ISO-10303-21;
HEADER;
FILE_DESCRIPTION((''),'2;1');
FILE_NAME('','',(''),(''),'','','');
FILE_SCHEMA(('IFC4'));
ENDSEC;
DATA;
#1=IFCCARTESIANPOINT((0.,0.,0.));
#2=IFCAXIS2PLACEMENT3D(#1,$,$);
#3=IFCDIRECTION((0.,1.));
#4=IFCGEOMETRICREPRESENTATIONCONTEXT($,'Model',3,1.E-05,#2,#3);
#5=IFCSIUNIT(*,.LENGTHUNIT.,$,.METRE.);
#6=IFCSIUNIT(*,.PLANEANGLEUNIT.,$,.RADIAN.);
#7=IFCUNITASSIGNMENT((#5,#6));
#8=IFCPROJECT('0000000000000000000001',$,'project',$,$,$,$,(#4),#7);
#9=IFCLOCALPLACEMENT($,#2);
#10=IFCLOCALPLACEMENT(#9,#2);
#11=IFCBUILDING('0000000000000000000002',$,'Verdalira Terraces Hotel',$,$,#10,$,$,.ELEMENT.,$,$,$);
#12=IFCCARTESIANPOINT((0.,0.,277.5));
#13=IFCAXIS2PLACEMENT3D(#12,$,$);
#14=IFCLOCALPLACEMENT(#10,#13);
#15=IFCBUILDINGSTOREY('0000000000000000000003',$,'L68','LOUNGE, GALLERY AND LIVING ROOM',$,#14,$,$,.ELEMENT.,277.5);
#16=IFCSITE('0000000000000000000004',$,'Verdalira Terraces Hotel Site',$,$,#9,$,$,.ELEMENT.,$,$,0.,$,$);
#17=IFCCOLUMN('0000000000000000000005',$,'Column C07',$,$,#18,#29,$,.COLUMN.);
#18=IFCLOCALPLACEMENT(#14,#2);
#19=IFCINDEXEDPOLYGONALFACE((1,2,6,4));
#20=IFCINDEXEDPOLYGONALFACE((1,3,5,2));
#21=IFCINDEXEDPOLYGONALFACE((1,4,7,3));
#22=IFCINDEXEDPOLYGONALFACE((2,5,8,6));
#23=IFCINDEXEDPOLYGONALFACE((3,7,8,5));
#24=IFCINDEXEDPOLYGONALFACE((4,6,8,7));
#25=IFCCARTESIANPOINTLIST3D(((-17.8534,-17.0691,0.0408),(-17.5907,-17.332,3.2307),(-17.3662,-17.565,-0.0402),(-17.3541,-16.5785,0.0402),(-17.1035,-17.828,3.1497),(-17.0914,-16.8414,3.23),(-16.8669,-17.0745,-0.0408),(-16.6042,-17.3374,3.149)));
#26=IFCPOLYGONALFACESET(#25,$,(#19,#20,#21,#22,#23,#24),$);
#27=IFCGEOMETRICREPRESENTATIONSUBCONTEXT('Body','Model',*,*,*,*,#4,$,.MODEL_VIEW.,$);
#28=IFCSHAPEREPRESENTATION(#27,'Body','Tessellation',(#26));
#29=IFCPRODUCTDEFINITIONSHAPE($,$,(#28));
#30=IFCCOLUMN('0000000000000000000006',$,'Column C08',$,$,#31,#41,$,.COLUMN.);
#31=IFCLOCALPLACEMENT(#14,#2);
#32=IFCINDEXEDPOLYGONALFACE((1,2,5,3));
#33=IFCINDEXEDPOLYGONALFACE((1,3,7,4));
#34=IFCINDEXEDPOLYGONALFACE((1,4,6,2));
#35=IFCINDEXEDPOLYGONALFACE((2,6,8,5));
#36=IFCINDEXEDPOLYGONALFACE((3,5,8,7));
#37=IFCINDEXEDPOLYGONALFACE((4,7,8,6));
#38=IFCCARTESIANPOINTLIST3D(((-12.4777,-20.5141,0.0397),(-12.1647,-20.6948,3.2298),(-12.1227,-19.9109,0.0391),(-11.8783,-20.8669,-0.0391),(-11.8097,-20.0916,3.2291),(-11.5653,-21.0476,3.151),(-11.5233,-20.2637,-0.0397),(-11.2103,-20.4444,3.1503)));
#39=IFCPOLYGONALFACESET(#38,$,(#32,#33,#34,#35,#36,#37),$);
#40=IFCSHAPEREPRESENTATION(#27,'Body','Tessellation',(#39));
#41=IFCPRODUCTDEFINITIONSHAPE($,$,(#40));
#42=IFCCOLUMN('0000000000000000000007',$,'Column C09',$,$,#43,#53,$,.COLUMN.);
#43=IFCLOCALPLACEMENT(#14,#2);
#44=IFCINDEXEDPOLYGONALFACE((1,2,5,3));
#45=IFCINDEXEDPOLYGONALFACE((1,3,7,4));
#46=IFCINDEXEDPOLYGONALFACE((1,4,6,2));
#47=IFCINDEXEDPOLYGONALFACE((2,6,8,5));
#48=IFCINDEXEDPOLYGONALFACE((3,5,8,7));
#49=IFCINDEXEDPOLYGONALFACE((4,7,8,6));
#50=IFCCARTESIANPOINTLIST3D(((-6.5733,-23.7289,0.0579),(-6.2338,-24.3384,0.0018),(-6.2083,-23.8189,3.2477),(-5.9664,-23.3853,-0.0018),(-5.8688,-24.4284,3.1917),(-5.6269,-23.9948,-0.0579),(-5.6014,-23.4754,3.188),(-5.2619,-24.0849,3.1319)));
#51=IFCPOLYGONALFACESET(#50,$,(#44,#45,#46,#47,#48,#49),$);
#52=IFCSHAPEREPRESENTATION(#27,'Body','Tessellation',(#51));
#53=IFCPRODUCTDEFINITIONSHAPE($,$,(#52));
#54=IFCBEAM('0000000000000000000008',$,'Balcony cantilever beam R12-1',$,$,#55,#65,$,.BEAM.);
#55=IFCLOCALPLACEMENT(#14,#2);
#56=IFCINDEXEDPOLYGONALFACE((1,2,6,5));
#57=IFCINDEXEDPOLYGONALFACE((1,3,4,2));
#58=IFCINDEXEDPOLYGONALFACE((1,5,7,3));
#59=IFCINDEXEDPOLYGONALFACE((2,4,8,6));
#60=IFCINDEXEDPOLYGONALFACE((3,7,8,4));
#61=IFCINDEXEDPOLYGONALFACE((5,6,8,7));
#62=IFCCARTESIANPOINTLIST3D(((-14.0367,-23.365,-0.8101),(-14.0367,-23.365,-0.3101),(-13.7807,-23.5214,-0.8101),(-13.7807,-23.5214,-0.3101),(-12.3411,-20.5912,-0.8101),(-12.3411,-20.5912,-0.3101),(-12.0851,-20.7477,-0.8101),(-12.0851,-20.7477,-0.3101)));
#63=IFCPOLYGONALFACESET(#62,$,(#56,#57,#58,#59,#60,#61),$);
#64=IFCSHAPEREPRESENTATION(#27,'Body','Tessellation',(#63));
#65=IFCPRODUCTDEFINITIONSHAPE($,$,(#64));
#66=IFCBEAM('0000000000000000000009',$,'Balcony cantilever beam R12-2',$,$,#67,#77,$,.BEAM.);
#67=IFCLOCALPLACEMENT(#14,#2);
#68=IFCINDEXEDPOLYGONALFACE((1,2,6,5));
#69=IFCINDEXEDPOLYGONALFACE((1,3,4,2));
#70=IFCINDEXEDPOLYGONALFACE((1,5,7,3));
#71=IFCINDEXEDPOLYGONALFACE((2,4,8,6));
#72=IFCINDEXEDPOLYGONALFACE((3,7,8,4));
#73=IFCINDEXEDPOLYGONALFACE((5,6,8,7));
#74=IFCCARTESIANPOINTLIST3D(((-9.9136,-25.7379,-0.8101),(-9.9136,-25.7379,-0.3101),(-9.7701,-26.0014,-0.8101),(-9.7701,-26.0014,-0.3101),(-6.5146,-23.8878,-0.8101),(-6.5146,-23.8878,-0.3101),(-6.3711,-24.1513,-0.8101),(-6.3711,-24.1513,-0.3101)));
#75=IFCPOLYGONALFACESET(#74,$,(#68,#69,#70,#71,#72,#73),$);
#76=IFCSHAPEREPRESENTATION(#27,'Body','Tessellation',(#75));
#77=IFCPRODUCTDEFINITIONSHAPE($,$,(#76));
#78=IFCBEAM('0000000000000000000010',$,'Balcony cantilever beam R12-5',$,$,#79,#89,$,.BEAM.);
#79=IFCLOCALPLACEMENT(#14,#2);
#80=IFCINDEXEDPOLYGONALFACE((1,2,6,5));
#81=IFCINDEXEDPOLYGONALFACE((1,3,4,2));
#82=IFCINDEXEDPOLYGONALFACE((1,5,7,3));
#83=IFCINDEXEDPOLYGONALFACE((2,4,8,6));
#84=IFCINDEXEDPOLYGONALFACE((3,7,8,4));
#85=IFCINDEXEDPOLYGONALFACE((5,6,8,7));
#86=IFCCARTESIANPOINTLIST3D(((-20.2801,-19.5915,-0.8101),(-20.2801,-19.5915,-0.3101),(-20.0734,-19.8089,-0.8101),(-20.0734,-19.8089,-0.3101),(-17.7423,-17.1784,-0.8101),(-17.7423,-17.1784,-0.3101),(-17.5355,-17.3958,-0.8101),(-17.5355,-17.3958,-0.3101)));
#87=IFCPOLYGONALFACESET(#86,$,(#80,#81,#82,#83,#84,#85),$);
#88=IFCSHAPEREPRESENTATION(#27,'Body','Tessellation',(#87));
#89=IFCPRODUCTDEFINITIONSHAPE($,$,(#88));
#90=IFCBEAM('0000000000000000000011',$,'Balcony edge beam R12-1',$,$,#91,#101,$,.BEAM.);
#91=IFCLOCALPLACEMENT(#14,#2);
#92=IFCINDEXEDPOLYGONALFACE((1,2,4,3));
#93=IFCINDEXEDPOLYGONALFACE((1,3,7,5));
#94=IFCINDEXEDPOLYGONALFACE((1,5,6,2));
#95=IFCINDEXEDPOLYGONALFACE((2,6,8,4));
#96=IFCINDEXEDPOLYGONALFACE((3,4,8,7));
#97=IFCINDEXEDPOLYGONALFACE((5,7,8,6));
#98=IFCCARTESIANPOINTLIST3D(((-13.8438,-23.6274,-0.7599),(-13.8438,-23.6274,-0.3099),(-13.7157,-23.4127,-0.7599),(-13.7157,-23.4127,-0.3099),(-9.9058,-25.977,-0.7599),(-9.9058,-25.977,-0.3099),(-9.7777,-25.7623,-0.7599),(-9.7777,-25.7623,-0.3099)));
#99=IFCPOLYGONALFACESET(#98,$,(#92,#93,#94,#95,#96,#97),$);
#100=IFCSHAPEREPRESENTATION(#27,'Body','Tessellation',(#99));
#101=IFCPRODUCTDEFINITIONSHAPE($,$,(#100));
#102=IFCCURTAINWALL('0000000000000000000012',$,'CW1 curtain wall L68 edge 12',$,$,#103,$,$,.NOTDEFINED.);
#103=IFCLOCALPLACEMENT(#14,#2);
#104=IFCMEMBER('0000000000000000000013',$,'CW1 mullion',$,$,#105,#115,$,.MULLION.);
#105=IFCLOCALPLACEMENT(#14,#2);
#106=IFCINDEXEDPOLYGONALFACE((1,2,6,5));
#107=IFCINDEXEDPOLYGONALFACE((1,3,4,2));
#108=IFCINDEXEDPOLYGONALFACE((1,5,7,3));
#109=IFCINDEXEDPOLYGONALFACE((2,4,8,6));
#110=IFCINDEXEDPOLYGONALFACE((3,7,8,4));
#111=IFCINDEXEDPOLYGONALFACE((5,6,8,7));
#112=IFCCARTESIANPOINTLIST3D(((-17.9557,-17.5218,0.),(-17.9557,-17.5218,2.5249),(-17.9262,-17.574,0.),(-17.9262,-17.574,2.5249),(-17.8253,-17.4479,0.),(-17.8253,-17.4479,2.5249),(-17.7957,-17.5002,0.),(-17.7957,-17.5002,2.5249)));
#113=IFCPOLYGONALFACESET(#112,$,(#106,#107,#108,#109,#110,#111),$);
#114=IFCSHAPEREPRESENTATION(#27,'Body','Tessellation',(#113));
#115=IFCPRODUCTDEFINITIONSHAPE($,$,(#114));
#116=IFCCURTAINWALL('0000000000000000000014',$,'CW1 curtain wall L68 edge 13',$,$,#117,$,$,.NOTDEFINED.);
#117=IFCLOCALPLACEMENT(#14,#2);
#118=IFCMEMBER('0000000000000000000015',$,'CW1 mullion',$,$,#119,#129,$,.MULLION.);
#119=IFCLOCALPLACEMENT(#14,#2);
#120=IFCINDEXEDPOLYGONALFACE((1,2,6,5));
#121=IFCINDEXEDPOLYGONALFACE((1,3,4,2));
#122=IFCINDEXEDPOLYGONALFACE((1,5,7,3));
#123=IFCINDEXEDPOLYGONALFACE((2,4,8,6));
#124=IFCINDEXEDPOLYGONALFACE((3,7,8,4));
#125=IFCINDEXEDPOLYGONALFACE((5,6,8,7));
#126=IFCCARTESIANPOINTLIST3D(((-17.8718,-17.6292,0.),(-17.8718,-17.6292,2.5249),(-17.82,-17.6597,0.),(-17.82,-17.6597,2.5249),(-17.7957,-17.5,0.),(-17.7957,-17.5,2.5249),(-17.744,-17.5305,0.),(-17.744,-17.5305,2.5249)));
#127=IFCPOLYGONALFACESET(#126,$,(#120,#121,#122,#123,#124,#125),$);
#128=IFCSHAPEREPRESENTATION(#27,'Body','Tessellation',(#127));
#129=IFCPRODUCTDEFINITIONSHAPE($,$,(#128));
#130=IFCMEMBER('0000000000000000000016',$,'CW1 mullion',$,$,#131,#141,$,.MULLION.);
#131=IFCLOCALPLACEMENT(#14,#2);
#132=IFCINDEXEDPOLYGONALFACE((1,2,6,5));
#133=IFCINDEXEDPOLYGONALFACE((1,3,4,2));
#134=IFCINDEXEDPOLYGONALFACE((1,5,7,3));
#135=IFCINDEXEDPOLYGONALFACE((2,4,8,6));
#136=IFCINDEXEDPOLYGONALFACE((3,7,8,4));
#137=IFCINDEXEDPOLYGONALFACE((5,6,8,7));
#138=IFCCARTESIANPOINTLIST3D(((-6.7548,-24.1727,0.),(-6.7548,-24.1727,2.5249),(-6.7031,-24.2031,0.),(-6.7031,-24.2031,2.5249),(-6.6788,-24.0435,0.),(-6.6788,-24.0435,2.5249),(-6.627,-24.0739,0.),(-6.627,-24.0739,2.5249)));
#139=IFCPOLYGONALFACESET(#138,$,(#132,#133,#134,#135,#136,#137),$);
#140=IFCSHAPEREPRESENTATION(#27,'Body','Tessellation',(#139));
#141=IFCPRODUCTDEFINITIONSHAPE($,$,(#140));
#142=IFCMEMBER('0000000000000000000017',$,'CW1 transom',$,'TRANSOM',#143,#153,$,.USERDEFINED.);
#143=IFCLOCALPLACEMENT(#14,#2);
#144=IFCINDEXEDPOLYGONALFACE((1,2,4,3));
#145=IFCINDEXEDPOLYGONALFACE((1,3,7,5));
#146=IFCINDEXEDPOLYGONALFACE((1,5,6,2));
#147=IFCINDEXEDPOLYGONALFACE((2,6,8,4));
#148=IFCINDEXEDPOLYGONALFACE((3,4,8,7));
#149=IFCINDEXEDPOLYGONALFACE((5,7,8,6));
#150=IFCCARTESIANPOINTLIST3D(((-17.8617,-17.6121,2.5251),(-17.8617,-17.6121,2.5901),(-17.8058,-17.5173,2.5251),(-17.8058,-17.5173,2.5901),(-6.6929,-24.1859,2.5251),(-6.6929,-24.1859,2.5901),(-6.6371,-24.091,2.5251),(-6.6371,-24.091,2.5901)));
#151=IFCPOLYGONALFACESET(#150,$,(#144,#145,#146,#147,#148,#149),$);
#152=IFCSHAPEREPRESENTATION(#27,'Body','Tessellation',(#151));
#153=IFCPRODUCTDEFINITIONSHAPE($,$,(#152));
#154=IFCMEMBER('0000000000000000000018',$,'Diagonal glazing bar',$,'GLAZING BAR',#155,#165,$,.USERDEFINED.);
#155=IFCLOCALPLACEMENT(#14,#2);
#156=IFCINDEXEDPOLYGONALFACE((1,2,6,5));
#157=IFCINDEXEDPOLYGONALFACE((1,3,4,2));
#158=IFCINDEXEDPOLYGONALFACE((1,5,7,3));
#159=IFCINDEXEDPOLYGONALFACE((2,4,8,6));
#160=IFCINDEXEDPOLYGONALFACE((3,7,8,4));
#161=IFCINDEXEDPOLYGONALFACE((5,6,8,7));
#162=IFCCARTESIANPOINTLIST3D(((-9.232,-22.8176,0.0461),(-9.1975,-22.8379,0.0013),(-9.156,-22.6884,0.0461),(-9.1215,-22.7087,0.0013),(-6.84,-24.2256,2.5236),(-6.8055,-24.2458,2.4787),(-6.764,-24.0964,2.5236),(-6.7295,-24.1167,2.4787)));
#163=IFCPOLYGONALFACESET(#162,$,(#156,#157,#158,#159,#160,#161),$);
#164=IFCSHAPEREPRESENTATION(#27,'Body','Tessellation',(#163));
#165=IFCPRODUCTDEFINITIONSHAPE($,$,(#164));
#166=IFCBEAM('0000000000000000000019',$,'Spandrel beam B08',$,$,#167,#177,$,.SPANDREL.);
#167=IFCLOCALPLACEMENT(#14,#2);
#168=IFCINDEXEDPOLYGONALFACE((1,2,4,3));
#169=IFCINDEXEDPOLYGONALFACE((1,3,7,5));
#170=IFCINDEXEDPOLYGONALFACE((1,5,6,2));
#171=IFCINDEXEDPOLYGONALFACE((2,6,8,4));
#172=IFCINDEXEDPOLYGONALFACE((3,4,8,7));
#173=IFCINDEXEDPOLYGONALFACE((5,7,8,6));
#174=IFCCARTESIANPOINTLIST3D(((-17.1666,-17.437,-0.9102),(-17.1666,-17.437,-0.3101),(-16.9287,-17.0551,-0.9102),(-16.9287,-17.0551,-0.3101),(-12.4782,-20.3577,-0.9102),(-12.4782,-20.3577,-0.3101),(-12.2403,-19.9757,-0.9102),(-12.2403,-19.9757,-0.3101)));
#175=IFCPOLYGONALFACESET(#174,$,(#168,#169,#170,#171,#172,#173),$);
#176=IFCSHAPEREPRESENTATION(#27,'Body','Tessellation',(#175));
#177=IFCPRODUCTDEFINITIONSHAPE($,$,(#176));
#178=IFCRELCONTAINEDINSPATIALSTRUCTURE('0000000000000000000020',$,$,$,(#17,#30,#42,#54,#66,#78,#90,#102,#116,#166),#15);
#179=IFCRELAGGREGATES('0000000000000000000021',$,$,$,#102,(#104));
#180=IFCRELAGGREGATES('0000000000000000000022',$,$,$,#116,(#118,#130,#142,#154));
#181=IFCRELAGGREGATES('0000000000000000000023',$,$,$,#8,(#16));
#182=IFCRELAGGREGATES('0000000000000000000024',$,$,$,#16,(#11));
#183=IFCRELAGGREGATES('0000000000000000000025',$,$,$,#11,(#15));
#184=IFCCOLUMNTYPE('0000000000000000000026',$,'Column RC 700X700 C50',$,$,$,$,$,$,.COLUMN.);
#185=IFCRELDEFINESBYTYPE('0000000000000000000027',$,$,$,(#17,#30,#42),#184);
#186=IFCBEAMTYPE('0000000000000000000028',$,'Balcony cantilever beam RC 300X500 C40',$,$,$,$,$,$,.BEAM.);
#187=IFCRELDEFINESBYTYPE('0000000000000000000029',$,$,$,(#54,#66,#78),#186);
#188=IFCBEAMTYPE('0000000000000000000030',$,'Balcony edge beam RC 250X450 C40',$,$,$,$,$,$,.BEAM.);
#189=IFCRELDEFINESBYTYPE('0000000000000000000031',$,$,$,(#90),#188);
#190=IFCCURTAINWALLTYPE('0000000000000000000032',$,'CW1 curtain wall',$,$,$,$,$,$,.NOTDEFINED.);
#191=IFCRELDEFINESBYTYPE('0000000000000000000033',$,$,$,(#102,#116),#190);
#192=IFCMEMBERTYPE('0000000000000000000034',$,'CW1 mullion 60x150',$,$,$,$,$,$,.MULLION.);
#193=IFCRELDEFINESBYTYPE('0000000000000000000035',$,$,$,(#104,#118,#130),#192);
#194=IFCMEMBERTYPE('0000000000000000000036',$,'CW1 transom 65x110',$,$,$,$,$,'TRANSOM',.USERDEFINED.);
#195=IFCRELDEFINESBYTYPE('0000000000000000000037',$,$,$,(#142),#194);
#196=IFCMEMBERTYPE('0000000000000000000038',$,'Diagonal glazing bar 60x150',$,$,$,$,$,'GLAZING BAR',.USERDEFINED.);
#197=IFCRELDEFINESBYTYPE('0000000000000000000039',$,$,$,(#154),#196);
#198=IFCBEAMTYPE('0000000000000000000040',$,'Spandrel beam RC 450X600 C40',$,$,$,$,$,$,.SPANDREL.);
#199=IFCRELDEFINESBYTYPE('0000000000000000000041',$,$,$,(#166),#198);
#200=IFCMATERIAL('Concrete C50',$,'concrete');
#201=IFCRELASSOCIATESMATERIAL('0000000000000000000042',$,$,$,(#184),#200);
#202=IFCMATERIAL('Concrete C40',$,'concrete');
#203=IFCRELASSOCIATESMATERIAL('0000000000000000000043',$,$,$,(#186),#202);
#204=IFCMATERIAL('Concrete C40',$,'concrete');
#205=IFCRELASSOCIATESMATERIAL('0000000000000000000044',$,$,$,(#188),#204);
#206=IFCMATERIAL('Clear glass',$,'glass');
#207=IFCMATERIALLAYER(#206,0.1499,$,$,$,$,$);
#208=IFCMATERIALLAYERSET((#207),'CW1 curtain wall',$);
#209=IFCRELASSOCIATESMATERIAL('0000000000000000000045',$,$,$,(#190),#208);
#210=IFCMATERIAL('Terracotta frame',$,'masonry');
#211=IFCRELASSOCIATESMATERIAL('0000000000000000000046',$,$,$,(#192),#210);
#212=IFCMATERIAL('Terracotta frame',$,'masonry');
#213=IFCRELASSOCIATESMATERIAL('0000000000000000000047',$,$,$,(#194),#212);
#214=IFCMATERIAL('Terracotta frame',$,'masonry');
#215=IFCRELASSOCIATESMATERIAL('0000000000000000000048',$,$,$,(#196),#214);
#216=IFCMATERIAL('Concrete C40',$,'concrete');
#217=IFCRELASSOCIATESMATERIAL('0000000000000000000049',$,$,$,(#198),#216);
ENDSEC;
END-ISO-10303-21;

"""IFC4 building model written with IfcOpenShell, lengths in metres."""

from ifc_helpers import new_model, si_unit, direction, frame, origin, origin_2d, place, context, subcontext, project, spatial, rectangle, extrude, material, layer, layer_set, material_profile, profile_set, type_object, element, aggregate, save


model = new_model("IFC4")

# Units and contexts
model_context = context("Model", 3, precision=1e-05, world=origin(), true_north=direction((0.0, 1.0)))
body_context = subcontext(model_context, "Body", "Model", "MODEL_VIEW")
ifc_project = project(units=[si_unit("LENGTHUNIT", "METRE"), si_unit("PLANEANGLEUNIT", "RADIAN")], contexts=[model_context])

# Site, building, storey
site_placement = place(None, origin())
site = spatial("IfcSite", under=ifc_project, at=site_placement, Name="Verdalira Terraces Hotel Site", CompositionType="ELEMENT", RefElevation=0.0)
building_placement = place(site_placement, origin())
building = spatial("IfcBuilding", under=site, at=building_placement, Name="Verdalira Terraces Hotel", CompositionType="ELEMENT")
storey_placement = place(building_placement, frame((0.0, 0.0, 277.5)))
storey = spatial("IfcBuildingStorey", under=building, at=storey_placement, Name="L68", Description="LOUNGE, GALLERY AND LIVING ROOM", CompositionType="ELEMENT", Elevation=277.5)

# Columns
ifc_material_1 = material(Name="Concrete C50", Category="concrete")
ifc_material_profile_1 = material_profile(ifc_material_1, rectangle(XDim=0.7, YDim=0.7, at=origin_2d()), Name="RC 700X700")
ifc_profile_set_1 = profile_set([ifc_material_profile_1], Name="Concrete C50")
column_type = type_object("IfcColumnType", Name="Column RC 700X700 C50", PredefinedType="COLUMN", material=ifc_profile_set_1)
column_1_placement = place(storey_placement, frame((-17.3601, -17.0718, 0.0), z_axis=(0.081798, -0.081874, 0.99328), x_axis=(-0.696038, 0.708617, 0.115729)))
element("IfcColumn", 1, at=column_1_placement, inside=storey, type_object=column_type, Name="Column C07", PredefinedType="COLUMN", context=body_context, shape_type="SweptSolid", body=[
    extrude(rectangle(XDim=0.7, YDim=0.7, at=origin_2d()), origin(), (0.0, 0.0, 1.0), 3.2114),
])
column_2_placement = place(storey_placement, frame((-12.0005, -20.3889, 0.0), z_axis=(0.097494, -0.056276, 0.993644), x_axis=(0.856322, -0.504025, -0.112566)))
element("IfcColumn", 2, at=column_2_placement, inside=storey, type_object=column_type, Name="Column C08", PredefinedType="COLUMN", context=body_context, shape_type="SweptSolid", body=[
    extrude(rectangle(XDim=0.7, YDim=0.7, at=origin_2d()), origin(), (0.0, 0.0, 1.0), 3.2104),
])
column_3_placement = place(storey_placement, frame((-6.1001, -23.8618, 0.0), z_axis=(0.113633, -0.028047, 0.993127), x_axis=(-0.485092, 0.870787, 0.080096)))
element("IfcColumn", 3, at=column_3_placement, inside=storey, type_object=column_type, Name="Column C09", PredefinedType="COLUMN", context=body_context, shape_type="SweptSolid", body=[
    extrude(rectangle(XDim=0.7, YDim=0.7, at=origin_2d()), origin(), (0.0, 0.0, 1.0), 3.2119),
])

# Beams
ifc_material_2 = material(Name="Concrete C40", Category="concrete")
ifc_material_profile_2 = material_profile(ifc_material_2, rectangle(XDim=0.3, YDim=0.5, at=origin_2d()), Name="RC 300X500")
ifc_profile_set_2 = profile_set([ifc_material_profile_2], Name="Concrete C40")
beam_type_1 = type_object("IfcBeamType", Name="Balcony cantilever beam RC 300X500 C40", PredefinedType="BEAM", material=ifc_profile_set_2)
beam_1_placement = place(storey_placement, frame((-12.2131, -20.6694, -0.5601), z_axis=(-0.521568, -0.853209, 0.0), x_axis=(0.853209, -0.521568, 0.0)))
element("IfcBeam", 4, at=beam_1_placement, inside=storey, type_object=beam_type_1, Name="Balcony cantilever beam R12-1", PredefinedType="BEAM", context=body_context, shape_type="SweptSolid", body=[
    extrude(rectangle(XDim=0.3, YDim=0.5, at=origin_2d()), origin(), (0.0, 0.0, 1.0), 3.251),
])
beam_2_placement = place(storey_placement, frame((-6.4429, -24.0195, -0.5601), z_axis=(-0.878315, -0.478083, 0.0), x_axis=(0.478083, -0.878315, 0.0)))
element("IfcBeam", 5, at=beam_2_placement, inside=storey, type_object=beam_type_1, Name="Balcony cantilever beam R12-2", PredefinedType="BEAM", context=body_context, shape_type="SweptSolid", body=[
    extrude(rectangle(XDim=0.3, YDim=0.5, at=origin_2d()), origin(), (0.0, 0.0, 1.0), 3.8699),
])
beam_3_placement = place(storey_placement, frame((-17.6389, -17.2871, -0.5601), z_axis=(-0.724695, -0.68907, 0.0), x_axis=(0.68907, -0.724695, 0.0)))
element("IfcBeam", 6, at=beam_3_placement, inside=storey, type_object=beam_type_1, Name="Balcony cantilever beam R12-5", PredefinedType="BEAM", context=body_context, shape_type="SweptSolid", body=[
    extrude(rectangle(XDim=0.3, YDim=0.5, at=origin_2d()), origin(), (0.0, 0.0, 1.0), 3.502),
])
ifc_material_3 = material(Name="Concrete C40", Category="concrete")
ifc_material_profile_3 = material_profile(ifc_material_3, rectangle(XDim=0.25, YDim=0.45, at=origin_2d()), Name="RC 250X450")
ifc_profile_set_3 = profile_set([ifc_material_profile_3], Name="Concrete C40")
beam_type_2 = type_object("IfcBeamType", Name="Balcony edge beam RC 250X450 C40", PredefinedType="BEAM", material=ifc_profile_set_3)
beam_4_placement = place(storey_placement, frame((-13.7798, -23.52, -0.5349), z_axis=(0.858759, -0.51238, 0.0), x_axis=(0.51238, 0.858759, 0.0)))
element("IfcBeam", 7, at=beam_4_placement, inside=storey, type_object=beam_type_2, Name="Balcony edge beam R12-1", PredefinedType="BEAM", context=body_context, shape_type="SweptSolid", body=[
    extrude(rectangle(XDim=0.25, YDim=0.45, at=origin_2d()), origin(), (0.0, 0.0, 1.0), 4.5857),
])

# Curtain wall, member
ifc_material_4 = material(Name="Clear glass", Category="glass")
ifc_layer_1 = layer(ifc_material_4, 0.1499)
ifc_layer_set_1 = layer_set([ifc_layer_1], Name="CW1 curtain wall")
curtain_wall_type = type_object("IfcCurtainWallType", Name="CW1 curtain wall", PredefinedType="NOTDEFINED", material=ifc_layer_set_1)
curtain_wall_1_placement = place(storey_placement, origin())
curtain_wall_1 = element("IfcCurtainWall", 8, at=curtain_wall_1_placement, inside=storey, type_object=curtain_wall_type, Name="CW1 curtain wall L68 edge 12", PredefinedType="NOTDEFINED")
ifc_material_5 = material(Name="Terracotta frame", Category="masonry")
ifc_material_profile_4 = material_profile(ifc_material_5, rectangle(XDim=0.0601, YDim=0.1499, at=origin_2d()), Name="MU 60x150")
ifc_profile_set_4 = profile_set([ifc_material_profile_4], Name="Terracotta frame")
member_type_1 = type_object("IfcMemberType", Name="CW1 mullion 60x150", PredefinedType="MULLION", material=ifc_profile_set_4)
member_1_placement = place(storey_placement, frame((-17.8757, -17.511, 0.0), z_axis=(0.0, 0.0, 1.0), x_axis=(0.492727, -0.870184, 0.0)))
member_1 = element("IfcMember", 9, at=member_1_placement, type_object=member_type_1, Name="CW1 mullion", PredefinedType="MULLION", context=body_context, shape_type="SweptSolid", body=[
    extrude(rectangle(XDim=0.0601, YDim=0.1499, at=origin_2d()), origin(), (0.0, 0.0, 1.0), 2.5249),
])
aggregate(curtain_wall_1, [member_1])

# Curtain wall, members
curtain_wall_2_placement = place(storey_placement, origin())
curtain_wall_2 = element("IfcCurtainWall", 10, at=curtain_wall_2_placement, inside=storey, type_object=curtain_wall_type, Name="CW1 curtain wall L68 edge 13", PredefinedType="NOTDEFINED")
member_2_placement = place(storey_placement, frame((-17.8079, -17.5798, 0.0), z_axis=(0.0, 0.0, 1.0), x_axis=(0.861806, -0.507238, 0.0)))
member_2 = element("IfcMember", 11, at=member_2_placement, type_object=member_type_1, Name="CW1 mullion", PredefinedType="MULLION", context=body_context, shape_type="SweptSolid", body=[
    extrude(rectangle(XDim=0.0601, YDim=0.1499, at=origin_2d()), origin(), (0.0, 0.0, 1.0), 2.5249),
])
member_3_placement = place(storey_placement, frame((-6.6909, -24.1233, 0.0), z_axis=(0.0, 0.0, 1.0), x_axis=(0.861806, -0.507238, 0.0)))
member_3 = element("IfcMember", 12, at=member_3_placement, type_object=member_type_1, Name="CW1 mullion", PredefinedType="MULLION", context=body_context, shape_type="SweptSolid", body=[
    extrude(rectangle(XDim=0.0601, YDim=0.1499, at=origin_2d()), origin(), (0.0, 0.0, 1.0), 2.5249),
])
ifc_material_6 = material(Name="Terracotta frame", Category="masonry")
ifc_material_profile_5 = material_profile(ifc_material_6, rectangle(XDim=0.1101, YDim=0.0649, at=origin_2d()), Name="TR 65x110")
ifc_profile_set_5 = profile_set([ifc_material_profile_5], Name="Terracotta frame")
member_type_2 = type_object("IfcMemberType", Name="CW1 transom 65x110", ElementType="TRANSOM", PredefinedType="USERDEFINED", material=ifc_profile_set_5)
member_4_placement = place(storey_placement, frame((-17.8337, -17.5647, 2.5576), z_axis=(0.861802, -0.507244, 0.0), x_axis=(0.507244, 0.861802, 0.0)))
member_4 = element("IfcMember", 13, at=member_4_placement, type_object=member_type_2, Name="CW1 transom", ObjectType="TRANSOM", PredefinedType="USERDEFINED", context=body_context, shape_type="SweptSolid", body=[
    extrude(rectangle(XDim=0.1101, YDim=0.0649, at=origin_2d()), origin(), (0.0, 0.0, 1.0), 12.9597),
])
ifc_material_7 = material(Name="Terracotta frame", Category="masonry")
ifc_material_profile_6 = material_profile(ifc_material_7, rectangle(XDim=0.1499, YDim=0.0601, at=origin_2d()), Name="GB 60x150")
ifc_profile_set_6 = profile_set([ifc_material_profile_6], Name="Terracotta frame")
member_type_3 = type_object("IfcMemberType", Name="Diagonal glazing bar 60x150", ElementType="GLAZING BAR", PredefinedType="USERDEFINED", material=ifc_profile_set_6)
member_5_placement = place(storey_placement, frame((-9.1768, -22.7632, 0.0237), z_axis=(0.642936, -0.378426, 0.665903), x_axis=(0.507247, 0.861801, 0.0)))
member_5 = element("IfcMember", 14, at=member_5_placement, type_object=member_type_3, Name="Diagonal glazing bar", ObjectType="GLAZING BAR", PredefinedType="USERDEFINED", context=body_context, shape_type="SweptSolid", body=[
    extrude(rectangle(XDim=0.1499, YDim=0.0601, at=origin_2d()), origin(), (0.0, 0.0, 1.0), 3.7205),
])

# Beam
ifc_material_8 = material(Name="Concrete C40", Category="concrete")
ifc_material_profile_7 = material_profile(ifc_material_8, rectangle(XDim=0.45, YDim=0.6001, at=origin_2d()), Name="RC 450X600")
ifc_profile_set_7 = profile_set([ifc_material_profile_7], Name="Concrete C40")
beam_type_3 = type_object("IfcBeamType", Name="Spandrel beam RC 450X600 C40", PredefinedType="SPANDREL", material=ifc_profile_set_7)
beam_5_placement = place(storey_placement, frame((-17.0476, -17.2461, -0.6101), z_axis=(0.848782, -0.528743, 0.0), x_axis=(0.528743, 0.848782, 0.0)))
element("IfcBeam", 15, at=beam_5_placement, inside=storey, type_object=beam_type_3, Name="Spandrel beam B08", PredefinedType="SPANDREL", context=body_context, shape_type="SweptSolid", body=[
    extrude(rectangle(XDim=0.45, YDim=0.6001, at=origin_2d()), origin(), (0.0, 0.0, 1.0), 5.5237),
])

aggregate(curtain_wall_2, [member_2, member_3, member_4, member_5])

save(model, "model.ifc")
